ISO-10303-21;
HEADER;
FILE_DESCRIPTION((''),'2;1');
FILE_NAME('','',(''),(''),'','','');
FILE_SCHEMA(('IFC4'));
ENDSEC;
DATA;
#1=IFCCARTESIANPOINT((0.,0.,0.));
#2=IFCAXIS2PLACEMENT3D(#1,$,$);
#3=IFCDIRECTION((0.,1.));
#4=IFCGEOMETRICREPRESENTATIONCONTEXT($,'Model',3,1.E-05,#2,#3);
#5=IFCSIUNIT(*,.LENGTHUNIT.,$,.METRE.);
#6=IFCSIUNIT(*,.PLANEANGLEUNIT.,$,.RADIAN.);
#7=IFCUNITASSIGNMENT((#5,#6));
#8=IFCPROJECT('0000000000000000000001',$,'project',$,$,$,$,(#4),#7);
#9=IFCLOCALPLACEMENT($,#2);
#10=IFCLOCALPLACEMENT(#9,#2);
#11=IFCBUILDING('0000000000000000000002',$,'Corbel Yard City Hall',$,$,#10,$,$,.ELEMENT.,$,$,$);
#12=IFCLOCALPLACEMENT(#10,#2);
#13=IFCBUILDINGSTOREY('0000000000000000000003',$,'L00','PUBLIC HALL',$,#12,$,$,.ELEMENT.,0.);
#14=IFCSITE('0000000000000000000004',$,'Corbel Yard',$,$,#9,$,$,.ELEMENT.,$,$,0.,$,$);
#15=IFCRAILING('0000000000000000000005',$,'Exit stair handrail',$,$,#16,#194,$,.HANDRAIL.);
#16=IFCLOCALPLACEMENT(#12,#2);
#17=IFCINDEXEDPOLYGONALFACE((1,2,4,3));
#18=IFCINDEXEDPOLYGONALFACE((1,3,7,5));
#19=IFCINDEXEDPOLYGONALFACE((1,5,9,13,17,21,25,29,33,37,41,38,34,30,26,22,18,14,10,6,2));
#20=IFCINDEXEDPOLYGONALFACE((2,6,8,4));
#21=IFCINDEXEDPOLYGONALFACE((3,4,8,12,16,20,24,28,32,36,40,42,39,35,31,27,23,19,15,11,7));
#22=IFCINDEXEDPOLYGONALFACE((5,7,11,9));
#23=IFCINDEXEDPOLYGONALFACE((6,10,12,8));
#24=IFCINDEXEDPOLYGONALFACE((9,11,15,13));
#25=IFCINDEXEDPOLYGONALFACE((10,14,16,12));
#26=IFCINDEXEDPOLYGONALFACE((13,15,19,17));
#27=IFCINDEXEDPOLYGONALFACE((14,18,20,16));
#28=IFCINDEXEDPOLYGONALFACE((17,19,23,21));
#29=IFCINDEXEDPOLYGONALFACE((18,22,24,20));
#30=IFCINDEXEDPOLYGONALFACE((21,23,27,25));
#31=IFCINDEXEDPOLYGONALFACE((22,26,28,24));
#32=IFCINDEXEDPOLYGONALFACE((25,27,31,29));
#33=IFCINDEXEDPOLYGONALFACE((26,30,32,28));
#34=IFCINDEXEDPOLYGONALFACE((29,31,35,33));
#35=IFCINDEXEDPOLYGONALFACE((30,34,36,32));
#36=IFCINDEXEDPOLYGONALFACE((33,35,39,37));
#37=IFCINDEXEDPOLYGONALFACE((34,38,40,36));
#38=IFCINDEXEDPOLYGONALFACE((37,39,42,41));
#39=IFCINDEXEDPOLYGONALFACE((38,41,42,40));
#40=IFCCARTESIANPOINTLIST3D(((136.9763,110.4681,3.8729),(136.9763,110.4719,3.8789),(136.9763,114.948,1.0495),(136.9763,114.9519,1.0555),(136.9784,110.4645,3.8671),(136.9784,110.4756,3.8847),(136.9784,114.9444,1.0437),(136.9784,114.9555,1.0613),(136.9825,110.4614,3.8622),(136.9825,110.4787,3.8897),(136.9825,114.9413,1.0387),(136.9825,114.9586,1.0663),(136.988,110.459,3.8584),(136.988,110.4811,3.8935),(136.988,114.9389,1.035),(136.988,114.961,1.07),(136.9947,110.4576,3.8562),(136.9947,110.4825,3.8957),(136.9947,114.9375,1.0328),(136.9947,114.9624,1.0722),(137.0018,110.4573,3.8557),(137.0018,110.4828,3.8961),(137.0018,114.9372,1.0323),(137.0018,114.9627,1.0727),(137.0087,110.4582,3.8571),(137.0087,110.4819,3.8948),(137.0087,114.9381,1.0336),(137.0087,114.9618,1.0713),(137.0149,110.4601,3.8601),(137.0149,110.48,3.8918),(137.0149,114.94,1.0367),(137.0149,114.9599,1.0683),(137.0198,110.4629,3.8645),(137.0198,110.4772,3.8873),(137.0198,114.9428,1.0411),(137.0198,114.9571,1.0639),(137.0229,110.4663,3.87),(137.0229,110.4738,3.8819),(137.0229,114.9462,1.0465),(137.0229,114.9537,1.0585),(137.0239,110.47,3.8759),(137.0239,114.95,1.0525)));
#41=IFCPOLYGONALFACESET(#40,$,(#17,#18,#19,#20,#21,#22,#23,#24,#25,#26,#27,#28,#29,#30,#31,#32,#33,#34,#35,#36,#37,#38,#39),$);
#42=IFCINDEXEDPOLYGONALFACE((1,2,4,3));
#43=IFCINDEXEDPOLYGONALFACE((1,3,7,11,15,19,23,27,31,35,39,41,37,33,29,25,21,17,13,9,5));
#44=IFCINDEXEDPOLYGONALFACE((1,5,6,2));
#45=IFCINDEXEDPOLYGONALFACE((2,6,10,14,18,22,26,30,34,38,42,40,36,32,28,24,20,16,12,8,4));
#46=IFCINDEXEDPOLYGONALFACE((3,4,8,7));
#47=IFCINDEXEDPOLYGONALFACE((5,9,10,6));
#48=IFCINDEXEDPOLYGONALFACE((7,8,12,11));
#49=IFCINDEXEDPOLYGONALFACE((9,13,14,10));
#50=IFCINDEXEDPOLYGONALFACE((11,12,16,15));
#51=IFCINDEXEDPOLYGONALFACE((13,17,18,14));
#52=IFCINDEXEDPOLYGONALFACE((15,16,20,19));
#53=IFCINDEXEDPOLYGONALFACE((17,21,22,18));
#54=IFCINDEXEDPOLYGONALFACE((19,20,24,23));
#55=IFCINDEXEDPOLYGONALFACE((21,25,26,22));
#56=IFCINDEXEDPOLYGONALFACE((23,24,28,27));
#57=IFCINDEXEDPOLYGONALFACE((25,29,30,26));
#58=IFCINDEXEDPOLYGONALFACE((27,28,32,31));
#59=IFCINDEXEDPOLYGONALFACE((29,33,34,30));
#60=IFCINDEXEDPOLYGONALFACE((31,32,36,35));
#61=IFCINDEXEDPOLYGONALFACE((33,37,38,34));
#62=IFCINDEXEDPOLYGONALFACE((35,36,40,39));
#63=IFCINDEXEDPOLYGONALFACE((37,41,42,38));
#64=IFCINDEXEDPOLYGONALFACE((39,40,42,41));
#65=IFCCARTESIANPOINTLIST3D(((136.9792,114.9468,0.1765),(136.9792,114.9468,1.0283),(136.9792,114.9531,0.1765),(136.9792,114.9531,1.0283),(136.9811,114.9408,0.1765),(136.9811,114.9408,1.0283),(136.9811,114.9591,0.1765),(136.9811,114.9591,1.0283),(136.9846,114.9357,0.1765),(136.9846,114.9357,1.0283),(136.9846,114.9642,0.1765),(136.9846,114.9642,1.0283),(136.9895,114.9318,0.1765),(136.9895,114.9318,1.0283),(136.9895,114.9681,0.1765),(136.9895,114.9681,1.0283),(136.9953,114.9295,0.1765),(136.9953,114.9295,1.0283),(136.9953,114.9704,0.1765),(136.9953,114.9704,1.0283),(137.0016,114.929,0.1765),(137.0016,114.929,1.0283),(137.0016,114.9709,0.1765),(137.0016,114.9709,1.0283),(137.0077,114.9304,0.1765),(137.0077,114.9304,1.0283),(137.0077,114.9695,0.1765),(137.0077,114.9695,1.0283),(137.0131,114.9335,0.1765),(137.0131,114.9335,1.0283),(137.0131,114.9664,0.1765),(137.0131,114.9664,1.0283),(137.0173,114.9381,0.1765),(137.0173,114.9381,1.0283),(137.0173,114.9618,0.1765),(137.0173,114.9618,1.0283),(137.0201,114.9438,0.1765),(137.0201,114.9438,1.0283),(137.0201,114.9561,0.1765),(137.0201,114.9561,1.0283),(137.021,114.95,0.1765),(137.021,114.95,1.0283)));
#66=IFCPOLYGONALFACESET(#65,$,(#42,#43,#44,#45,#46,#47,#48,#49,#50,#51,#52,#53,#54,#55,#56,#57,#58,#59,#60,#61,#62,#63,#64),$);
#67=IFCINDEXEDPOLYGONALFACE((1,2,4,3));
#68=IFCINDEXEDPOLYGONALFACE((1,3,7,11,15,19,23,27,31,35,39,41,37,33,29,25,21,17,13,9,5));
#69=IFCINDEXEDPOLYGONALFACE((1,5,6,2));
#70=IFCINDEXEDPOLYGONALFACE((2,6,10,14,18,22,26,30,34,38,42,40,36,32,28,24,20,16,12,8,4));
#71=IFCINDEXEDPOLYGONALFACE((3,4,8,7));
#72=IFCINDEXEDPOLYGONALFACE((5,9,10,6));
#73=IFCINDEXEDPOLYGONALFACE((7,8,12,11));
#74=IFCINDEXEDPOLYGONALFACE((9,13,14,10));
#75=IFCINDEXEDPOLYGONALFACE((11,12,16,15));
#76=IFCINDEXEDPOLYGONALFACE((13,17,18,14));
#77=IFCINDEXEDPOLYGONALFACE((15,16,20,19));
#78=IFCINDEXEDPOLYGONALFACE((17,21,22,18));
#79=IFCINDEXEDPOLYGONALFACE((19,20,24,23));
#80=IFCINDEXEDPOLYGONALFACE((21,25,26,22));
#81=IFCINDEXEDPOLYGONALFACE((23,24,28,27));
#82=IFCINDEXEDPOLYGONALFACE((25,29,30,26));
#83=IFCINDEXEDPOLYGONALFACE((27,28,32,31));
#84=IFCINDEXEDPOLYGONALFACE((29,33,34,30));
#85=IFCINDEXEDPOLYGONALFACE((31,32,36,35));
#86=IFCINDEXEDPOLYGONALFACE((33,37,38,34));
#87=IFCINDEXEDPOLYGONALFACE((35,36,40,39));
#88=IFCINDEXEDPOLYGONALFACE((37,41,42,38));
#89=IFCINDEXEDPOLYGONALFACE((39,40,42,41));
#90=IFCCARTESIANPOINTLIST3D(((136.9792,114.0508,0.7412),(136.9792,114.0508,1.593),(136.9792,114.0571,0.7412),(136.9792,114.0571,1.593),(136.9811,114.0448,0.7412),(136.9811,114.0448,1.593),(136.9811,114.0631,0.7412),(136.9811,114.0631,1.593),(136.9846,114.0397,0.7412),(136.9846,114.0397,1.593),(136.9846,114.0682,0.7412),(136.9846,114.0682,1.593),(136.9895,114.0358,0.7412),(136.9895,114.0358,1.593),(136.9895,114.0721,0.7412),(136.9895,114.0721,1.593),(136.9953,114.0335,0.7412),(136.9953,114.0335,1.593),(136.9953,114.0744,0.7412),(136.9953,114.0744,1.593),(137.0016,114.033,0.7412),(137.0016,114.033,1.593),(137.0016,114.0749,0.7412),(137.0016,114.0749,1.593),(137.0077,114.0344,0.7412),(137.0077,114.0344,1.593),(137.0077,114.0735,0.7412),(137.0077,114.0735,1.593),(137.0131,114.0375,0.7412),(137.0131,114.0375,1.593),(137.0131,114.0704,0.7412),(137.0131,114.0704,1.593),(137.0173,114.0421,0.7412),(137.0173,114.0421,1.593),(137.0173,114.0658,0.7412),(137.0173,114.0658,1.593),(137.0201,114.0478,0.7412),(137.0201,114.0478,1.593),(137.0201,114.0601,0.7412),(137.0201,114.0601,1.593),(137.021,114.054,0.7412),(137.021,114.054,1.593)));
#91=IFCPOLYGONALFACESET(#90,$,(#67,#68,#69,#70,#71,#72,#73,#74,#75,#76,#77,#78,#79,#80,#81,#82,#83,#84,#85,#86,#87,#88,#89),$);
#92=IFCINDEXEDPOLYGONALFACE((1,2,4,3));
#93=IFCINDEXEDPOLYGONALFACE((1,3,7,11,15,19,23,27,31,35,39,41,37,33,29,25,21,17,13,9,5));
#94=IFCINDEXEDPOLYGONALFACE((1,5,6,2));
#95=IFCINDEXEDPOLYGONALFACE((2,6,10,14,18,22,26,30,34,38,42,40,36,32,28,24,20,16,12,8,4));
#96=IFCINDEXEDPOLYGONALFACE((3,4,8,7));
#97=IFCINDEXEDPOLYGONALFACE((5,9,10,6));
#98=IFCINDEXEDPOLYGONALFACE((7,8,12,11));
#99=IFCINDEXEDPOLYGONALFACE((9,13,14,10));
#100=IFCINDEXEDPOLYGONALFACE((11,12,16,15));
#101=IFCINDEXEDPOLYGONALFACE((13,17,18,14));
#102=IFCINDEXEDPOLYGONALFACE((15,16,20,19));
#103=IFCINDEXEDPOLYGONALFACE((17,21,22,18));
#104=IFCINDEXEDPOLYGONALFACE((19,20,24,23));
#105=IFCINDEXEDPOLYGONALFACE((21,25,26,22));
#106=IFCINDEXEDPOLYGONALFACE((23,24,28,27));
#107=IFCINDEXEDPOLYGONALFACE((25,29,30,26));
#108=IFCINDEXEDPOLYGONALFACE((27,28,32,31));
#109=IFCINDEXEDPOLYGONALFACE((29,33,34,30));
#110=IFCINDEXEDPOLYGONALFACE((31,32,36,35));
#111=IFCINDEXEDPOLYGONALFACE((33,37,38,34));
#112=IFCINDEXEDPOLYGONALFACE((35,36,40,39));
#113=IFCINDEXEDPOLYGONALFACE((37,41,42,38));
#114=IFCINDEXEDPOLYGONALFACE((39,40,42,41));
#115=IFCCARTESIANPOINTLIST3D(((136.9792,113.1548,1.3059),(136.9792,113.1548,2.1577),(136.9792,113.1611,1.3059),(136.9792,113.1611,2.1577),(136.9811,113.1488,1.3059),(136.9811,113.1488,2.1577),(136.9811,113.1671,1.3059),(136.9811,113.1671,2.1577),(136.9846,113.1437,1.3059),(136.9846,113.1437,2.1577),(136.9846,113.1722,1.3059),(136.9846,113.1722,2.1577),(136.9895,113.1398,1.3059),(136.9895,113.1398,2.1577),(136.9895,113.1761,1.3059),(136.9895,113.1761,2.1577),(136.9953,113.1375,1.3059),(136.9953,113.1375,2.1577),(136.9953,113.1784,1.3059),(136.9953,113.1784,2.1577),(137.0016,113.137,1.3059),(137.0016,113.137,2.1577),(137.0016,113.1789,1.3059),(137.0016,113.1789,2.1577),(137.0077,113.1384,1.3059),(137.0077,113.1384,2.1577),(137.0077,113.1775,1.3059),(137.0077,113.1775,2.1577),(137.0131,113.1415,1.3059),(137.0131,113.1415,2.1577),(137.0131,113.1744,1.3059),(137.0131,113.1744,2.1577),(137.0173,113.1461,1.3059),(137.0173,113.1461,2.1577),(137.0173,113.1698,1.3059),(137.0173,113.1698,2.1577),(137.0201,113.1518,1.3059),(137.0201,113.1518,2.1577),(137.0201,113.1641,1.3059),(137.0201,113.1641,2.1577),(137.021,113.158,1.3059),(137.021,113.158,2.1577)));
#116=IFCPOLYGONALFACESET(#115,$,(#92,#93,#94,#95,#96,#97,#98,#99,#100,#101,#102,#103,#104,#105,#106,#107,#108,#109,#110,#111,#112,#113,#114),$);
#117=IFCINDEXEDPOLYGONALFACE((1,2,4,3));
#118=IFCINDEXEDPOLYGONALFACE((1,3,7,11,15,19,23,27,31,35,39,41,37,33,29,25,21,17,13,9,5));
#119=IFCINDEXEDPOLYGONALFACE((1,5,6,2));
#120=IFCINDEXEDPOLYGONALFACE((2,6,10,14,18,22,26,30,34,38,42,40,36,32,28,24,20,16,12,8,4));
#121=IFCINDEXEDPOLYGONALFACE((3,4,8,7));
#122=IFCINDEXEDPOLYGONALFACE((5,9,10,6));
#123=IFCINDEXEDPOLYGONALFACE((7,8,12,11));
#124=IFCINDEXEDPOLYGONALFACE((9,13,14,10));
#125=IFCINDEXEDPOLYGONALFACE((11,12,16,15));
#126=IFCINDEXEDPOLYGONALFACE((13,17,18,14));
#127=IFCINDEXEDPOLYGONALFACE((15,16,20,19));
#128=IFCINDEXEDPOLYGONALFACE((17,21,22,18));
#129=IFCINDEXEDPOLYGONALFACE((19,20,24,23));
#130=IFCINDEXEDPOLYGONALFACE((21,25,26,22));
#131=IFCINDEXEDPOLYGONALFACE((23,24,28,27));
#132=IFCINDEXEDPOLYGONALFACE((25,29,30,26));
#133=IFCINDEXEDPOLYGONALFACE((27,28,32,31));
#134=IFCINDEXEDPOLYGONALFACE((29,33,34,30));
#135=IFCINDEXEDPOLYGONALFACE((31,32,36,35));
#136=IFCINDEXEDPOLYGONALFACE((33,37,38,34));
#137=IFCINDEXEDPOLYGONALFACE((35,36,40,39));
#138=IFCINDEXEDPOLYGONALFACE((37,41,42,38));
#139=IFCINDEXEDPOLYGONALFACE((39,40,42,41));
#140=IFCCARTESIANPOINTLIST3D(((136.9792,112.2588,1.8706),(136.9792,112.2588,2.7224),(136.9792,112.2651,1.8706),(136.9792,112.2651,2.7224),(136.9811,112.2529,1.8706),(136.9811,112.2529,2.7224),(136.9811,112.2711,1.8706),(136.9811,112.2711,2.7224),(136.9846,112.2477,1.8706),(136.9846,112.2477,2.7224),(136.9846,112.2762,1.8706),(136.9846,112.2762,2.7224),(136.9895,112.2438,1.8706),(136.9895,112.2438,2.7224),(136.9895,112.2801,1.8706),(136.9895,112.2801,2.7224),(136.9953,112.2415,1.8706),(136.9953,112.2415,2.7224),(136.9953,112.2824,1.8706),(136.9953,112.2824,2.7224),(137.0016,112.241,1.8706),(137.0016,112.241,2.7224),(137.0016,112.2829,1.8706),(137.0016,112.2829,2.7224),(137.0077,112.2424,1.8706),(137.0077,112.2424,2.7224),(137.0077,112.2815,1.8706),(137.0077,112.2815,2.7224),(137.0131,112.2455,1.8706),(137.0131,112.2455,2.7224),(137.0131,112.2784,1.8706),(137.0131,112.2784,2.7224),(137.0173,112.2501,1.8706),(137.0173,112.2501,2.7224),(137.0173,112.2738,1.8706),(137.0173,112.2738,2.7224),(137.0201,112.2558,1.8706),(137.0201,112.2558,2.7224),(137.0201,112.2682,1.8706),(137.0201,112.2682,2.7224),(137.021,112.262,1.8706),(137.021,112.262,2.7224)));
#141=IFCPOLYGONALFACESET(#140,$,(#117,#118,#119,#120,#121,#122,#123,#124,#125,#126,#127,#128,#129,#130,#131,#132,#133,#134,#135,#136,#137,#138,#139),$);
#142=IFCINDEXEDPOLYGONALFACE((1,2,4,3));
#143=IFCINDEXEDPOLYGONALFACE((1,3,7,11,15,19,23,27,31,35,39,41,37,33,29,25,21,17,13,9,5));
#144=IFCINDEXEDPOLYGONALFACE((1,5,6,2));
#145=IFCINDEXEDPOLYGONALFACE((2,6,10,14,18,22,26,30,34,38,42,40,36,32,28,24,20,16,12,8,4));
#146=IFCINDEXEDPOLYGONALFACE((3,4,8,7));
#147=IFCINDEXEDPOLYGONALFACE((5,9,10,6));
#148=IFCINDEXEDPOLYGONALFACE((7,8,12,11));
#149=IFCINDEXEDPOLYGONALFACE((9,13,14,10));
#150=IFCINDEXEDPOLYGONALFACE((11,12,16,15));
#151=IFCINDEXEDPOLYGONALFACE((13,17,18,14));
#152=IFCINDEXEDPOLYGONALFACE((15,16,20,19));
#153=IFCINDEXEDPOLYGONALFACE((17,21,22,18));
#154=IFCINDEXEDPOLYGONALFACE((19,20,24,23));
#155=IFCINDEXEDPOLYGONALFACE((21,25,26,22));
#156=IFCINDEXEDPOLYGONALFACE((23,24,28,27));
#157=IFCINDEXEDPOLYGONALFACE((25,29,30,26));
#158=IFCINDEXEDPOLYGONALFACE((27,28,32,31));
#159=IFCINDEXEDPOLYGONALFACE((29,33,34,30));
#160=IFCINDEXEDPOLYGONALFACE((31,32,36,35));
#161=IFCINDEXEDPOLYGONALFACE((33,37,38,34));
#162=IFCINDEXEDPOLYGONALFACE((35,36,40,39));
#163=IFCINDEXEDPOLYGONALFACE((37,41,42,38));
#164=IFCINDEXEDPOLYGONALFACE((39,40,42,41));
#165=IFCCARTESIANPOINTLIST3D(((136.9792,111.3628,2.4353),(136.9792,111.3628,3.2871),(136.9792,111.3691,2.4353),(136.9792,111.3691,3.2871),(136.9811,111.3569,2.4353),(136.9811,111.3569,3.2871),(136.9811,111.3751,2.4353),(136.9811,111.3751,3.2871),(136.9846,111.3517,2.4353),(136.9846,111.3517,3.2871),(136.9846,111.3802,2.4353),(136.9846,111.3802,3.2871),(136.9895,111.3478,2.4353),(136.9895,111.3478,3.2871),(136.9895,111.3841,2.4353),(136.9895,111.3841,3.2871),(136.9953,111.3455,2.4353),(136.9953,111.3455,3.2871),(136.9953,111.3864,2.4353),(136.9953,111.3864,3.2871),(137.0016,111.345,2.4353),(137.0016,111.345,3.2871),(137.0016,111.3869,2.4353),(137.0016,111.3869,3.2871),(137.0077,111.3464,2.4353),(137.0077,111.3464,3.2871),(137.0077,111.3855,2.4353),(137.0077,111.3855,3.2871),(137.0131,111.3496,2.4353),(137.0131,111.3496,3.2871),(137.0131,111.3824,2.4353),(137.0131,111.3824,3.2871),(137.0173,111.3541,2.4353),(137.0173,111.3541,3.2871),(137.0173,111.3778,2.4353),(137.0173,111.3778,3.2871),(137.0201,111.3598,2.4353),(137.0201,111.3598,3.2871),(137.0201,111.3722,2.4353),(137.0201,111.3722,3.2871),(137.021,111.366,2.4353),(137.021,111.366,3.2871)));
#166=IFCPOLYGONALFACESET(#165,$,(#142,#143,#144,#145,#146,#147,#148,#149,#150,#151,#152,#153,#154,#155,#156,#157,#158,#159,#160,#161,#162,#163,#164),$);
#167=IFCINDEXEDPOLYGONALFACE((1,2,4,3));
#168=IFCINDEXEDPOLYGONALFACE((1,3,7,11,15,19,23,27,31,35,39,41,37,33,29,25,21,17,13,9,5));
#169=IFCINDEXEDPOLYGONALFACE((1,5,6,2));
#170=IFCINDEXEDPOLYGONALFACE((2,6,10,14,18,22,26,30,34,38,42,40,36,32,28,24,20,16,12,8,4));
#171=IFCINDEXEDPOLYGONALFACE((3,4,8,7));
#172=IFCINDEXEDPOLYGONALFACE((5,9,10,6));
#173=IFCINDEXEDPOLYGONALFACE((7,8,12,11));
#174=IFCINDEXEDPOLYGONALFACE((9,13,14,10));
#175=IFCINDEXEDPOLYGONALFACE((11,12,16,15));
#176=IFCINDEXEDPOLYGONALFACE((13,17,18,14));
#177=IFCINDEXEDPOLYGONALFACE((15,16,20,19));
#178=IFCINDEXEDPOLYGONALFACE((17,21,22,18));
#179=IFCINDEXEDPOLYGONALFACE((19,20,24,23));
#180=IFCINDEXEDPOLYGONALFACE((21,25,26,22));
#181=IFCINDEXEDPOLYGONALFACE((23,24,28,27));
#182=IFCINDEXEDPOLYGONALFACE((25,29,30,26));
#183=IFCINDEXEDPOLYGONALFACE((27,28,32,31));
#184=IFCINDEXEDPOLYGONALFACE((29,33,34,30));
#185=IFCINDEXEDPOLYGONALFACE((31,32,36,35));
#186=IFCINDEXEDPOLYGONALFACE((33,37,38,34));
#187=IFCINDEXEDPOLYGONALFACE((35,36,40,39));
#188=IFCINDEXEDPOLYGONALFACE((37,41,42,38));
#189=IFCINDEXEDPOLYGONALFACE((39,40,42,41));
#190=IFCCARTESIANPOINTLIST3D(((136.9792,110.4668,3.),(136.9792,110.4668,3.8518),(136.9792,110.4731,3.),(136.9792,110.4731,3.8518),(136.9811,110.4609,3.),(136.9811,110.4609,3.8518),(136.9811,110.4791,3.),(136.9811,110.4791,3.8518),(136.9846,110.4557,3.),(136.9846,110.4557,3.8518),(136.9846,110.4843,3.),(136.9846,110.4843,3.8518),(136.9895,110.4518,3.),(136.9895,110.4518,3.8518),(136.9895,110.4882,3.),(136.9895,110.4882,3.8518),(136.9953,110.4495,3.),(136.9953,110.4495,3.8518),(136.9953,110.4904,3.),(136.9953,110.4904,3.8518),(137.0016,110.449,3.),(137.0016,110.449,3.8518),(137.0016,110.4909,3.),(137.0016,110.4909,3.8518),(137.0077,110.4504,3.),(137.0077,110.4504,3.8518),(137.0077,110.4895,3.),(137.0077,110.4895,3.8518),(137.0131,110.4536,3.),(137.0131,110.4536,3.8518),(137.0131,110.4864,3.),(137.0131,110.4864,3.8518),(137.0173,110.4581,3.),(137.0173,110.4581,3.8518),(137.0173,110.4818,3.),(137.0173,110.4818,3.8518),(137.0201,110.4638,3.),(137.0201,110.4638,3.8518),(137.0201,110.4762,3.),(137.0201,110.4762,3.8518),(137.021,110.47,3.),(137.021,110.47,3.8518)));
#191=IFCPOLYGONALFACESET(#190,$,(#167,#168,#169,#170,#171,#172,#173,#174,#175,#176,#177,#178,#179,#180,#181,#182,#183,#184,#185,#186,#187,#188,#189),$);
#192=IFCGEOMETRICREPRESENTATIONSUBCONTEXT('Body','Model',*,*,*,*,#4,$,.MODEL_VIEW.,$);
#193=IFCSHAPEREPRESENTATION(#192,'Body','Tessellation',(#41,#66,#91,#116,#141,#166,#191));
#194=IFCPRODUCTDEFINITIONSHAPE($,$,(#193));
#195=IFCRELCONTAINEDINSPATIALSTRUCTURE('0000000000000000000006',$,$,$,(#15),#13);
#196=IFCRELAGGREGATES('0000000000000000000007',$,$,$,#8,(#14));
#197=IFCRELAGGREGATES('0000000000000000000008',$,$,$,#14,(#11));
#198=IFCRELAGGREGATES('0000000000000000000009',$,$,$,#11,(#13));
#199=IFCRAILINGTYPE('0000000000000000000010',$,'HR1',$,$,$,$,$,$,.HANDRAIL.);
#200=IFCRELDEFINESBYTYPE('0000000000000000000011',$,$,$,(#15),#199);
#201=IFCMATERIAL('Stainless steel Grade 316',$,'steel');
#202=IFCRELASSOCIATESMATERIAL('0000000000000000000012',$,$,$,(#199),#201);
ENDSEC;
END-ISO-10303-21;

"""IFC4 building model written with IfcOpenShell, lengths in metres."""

from ifc_helpers import new_model, si_unit, direction, frame, origin, origin_2d, place, context, subcontext, project, spatial, circle, extrude, material, type_object, element, save


model = new_model("IFC4")

# Units and contexts
model_context = context("Model", 3, precision=1e-05, world=origin(), true_north=direction((0.0, 1.0)))
body_context = subcontext(model_context, "Body", "Model", "MODEL_VIEW")
ifc_project = project(units=[si_unit("LENGTHUNIT", "METRE"), si_unit("PLANEANGLEUNIT", "RADIAN")], contexts=[model_context])

# Site, building, storey
site_placement = place(None, origin())
site = spatial("IfcSite", under=ifc_project, at=site_placement, Name="Corbel Yard", CompositionType="ELEMENT", RefElevation=0.0)
building_placement = place(site_placement, origin())
building = spatial("IfcBuilding", under=site, at=building_placement, Name="Corbel Yard City Hall", CompositionType="ELEMENT")
storey_placement = place(building_placement, origin())
storey = spatial("IfcBuildingStorey", under=building, at=storey_placement, Name="L00", Description="PUBLIC HALL", CompositionType="ELEMENT", Elevation=0.0)

# Railing
ifc_material_1 = material(Name="Stainless steel Grade 316", Category="steel")
railing_type = type_object("IfcRailingType", Name="HR1", PredefinedType="HANDRAIL", material=ifc_material_1)
railing_placement = place(storey_placement, frame((137.0, 114.95, 0.1765)))
element("IfcRailing", 1, at=railing_placement, inside=storey, type_object=railing_type, Name="Exit stair handrail", PredefinedType="HANDRAIL", context=body_context, shape_type="SweptSolid", body=[
    extrude(circle(Radius=0.0239, at=origin_2d()), frame((0.0, 0.0, 0.876), z_axis=(0.0, -0.845998, 0.533186), x_axis=(1.0, 0.0, 0.0)), (0.0, 0.0, 1.0), 5.2954),
    extrude(circle(Radius=0.021, at=origin_2d()), origin(), (0.0, 0.0, 1.0), 0.8518),
    extrude(circle(Radius=0.021, at=origin_2d()), frame((0.0, -0.896, 0.5647)), (0.0, 0.0, 1.0), 0.8518),
    extrude(circle(Radius=0.021, at=origin_2d()), frame((0.0, -1.792, 1.1294)), (0.0, 0.0, 1.0), 0.8518),
    extrude(circle(Radius=0.021, at=origin_2d()), frame((0.0, -2.688, 1.6941)), (0.0, 0.0, 1.0), 0.8518),
    extrude(circle(Radius=0.021, at=origin_2d()), frame((0.0, -3.584, 2.2588)), (0.0, 0.0, 1.0), 0.8518),
    extrude(circle(Radius=0.021, at=origin_2d()), frame((0.0, -4.48, 2.8235)), (0.0, 0.0, 1.0), 0.8518),
])

save(model, "model.ifc")
